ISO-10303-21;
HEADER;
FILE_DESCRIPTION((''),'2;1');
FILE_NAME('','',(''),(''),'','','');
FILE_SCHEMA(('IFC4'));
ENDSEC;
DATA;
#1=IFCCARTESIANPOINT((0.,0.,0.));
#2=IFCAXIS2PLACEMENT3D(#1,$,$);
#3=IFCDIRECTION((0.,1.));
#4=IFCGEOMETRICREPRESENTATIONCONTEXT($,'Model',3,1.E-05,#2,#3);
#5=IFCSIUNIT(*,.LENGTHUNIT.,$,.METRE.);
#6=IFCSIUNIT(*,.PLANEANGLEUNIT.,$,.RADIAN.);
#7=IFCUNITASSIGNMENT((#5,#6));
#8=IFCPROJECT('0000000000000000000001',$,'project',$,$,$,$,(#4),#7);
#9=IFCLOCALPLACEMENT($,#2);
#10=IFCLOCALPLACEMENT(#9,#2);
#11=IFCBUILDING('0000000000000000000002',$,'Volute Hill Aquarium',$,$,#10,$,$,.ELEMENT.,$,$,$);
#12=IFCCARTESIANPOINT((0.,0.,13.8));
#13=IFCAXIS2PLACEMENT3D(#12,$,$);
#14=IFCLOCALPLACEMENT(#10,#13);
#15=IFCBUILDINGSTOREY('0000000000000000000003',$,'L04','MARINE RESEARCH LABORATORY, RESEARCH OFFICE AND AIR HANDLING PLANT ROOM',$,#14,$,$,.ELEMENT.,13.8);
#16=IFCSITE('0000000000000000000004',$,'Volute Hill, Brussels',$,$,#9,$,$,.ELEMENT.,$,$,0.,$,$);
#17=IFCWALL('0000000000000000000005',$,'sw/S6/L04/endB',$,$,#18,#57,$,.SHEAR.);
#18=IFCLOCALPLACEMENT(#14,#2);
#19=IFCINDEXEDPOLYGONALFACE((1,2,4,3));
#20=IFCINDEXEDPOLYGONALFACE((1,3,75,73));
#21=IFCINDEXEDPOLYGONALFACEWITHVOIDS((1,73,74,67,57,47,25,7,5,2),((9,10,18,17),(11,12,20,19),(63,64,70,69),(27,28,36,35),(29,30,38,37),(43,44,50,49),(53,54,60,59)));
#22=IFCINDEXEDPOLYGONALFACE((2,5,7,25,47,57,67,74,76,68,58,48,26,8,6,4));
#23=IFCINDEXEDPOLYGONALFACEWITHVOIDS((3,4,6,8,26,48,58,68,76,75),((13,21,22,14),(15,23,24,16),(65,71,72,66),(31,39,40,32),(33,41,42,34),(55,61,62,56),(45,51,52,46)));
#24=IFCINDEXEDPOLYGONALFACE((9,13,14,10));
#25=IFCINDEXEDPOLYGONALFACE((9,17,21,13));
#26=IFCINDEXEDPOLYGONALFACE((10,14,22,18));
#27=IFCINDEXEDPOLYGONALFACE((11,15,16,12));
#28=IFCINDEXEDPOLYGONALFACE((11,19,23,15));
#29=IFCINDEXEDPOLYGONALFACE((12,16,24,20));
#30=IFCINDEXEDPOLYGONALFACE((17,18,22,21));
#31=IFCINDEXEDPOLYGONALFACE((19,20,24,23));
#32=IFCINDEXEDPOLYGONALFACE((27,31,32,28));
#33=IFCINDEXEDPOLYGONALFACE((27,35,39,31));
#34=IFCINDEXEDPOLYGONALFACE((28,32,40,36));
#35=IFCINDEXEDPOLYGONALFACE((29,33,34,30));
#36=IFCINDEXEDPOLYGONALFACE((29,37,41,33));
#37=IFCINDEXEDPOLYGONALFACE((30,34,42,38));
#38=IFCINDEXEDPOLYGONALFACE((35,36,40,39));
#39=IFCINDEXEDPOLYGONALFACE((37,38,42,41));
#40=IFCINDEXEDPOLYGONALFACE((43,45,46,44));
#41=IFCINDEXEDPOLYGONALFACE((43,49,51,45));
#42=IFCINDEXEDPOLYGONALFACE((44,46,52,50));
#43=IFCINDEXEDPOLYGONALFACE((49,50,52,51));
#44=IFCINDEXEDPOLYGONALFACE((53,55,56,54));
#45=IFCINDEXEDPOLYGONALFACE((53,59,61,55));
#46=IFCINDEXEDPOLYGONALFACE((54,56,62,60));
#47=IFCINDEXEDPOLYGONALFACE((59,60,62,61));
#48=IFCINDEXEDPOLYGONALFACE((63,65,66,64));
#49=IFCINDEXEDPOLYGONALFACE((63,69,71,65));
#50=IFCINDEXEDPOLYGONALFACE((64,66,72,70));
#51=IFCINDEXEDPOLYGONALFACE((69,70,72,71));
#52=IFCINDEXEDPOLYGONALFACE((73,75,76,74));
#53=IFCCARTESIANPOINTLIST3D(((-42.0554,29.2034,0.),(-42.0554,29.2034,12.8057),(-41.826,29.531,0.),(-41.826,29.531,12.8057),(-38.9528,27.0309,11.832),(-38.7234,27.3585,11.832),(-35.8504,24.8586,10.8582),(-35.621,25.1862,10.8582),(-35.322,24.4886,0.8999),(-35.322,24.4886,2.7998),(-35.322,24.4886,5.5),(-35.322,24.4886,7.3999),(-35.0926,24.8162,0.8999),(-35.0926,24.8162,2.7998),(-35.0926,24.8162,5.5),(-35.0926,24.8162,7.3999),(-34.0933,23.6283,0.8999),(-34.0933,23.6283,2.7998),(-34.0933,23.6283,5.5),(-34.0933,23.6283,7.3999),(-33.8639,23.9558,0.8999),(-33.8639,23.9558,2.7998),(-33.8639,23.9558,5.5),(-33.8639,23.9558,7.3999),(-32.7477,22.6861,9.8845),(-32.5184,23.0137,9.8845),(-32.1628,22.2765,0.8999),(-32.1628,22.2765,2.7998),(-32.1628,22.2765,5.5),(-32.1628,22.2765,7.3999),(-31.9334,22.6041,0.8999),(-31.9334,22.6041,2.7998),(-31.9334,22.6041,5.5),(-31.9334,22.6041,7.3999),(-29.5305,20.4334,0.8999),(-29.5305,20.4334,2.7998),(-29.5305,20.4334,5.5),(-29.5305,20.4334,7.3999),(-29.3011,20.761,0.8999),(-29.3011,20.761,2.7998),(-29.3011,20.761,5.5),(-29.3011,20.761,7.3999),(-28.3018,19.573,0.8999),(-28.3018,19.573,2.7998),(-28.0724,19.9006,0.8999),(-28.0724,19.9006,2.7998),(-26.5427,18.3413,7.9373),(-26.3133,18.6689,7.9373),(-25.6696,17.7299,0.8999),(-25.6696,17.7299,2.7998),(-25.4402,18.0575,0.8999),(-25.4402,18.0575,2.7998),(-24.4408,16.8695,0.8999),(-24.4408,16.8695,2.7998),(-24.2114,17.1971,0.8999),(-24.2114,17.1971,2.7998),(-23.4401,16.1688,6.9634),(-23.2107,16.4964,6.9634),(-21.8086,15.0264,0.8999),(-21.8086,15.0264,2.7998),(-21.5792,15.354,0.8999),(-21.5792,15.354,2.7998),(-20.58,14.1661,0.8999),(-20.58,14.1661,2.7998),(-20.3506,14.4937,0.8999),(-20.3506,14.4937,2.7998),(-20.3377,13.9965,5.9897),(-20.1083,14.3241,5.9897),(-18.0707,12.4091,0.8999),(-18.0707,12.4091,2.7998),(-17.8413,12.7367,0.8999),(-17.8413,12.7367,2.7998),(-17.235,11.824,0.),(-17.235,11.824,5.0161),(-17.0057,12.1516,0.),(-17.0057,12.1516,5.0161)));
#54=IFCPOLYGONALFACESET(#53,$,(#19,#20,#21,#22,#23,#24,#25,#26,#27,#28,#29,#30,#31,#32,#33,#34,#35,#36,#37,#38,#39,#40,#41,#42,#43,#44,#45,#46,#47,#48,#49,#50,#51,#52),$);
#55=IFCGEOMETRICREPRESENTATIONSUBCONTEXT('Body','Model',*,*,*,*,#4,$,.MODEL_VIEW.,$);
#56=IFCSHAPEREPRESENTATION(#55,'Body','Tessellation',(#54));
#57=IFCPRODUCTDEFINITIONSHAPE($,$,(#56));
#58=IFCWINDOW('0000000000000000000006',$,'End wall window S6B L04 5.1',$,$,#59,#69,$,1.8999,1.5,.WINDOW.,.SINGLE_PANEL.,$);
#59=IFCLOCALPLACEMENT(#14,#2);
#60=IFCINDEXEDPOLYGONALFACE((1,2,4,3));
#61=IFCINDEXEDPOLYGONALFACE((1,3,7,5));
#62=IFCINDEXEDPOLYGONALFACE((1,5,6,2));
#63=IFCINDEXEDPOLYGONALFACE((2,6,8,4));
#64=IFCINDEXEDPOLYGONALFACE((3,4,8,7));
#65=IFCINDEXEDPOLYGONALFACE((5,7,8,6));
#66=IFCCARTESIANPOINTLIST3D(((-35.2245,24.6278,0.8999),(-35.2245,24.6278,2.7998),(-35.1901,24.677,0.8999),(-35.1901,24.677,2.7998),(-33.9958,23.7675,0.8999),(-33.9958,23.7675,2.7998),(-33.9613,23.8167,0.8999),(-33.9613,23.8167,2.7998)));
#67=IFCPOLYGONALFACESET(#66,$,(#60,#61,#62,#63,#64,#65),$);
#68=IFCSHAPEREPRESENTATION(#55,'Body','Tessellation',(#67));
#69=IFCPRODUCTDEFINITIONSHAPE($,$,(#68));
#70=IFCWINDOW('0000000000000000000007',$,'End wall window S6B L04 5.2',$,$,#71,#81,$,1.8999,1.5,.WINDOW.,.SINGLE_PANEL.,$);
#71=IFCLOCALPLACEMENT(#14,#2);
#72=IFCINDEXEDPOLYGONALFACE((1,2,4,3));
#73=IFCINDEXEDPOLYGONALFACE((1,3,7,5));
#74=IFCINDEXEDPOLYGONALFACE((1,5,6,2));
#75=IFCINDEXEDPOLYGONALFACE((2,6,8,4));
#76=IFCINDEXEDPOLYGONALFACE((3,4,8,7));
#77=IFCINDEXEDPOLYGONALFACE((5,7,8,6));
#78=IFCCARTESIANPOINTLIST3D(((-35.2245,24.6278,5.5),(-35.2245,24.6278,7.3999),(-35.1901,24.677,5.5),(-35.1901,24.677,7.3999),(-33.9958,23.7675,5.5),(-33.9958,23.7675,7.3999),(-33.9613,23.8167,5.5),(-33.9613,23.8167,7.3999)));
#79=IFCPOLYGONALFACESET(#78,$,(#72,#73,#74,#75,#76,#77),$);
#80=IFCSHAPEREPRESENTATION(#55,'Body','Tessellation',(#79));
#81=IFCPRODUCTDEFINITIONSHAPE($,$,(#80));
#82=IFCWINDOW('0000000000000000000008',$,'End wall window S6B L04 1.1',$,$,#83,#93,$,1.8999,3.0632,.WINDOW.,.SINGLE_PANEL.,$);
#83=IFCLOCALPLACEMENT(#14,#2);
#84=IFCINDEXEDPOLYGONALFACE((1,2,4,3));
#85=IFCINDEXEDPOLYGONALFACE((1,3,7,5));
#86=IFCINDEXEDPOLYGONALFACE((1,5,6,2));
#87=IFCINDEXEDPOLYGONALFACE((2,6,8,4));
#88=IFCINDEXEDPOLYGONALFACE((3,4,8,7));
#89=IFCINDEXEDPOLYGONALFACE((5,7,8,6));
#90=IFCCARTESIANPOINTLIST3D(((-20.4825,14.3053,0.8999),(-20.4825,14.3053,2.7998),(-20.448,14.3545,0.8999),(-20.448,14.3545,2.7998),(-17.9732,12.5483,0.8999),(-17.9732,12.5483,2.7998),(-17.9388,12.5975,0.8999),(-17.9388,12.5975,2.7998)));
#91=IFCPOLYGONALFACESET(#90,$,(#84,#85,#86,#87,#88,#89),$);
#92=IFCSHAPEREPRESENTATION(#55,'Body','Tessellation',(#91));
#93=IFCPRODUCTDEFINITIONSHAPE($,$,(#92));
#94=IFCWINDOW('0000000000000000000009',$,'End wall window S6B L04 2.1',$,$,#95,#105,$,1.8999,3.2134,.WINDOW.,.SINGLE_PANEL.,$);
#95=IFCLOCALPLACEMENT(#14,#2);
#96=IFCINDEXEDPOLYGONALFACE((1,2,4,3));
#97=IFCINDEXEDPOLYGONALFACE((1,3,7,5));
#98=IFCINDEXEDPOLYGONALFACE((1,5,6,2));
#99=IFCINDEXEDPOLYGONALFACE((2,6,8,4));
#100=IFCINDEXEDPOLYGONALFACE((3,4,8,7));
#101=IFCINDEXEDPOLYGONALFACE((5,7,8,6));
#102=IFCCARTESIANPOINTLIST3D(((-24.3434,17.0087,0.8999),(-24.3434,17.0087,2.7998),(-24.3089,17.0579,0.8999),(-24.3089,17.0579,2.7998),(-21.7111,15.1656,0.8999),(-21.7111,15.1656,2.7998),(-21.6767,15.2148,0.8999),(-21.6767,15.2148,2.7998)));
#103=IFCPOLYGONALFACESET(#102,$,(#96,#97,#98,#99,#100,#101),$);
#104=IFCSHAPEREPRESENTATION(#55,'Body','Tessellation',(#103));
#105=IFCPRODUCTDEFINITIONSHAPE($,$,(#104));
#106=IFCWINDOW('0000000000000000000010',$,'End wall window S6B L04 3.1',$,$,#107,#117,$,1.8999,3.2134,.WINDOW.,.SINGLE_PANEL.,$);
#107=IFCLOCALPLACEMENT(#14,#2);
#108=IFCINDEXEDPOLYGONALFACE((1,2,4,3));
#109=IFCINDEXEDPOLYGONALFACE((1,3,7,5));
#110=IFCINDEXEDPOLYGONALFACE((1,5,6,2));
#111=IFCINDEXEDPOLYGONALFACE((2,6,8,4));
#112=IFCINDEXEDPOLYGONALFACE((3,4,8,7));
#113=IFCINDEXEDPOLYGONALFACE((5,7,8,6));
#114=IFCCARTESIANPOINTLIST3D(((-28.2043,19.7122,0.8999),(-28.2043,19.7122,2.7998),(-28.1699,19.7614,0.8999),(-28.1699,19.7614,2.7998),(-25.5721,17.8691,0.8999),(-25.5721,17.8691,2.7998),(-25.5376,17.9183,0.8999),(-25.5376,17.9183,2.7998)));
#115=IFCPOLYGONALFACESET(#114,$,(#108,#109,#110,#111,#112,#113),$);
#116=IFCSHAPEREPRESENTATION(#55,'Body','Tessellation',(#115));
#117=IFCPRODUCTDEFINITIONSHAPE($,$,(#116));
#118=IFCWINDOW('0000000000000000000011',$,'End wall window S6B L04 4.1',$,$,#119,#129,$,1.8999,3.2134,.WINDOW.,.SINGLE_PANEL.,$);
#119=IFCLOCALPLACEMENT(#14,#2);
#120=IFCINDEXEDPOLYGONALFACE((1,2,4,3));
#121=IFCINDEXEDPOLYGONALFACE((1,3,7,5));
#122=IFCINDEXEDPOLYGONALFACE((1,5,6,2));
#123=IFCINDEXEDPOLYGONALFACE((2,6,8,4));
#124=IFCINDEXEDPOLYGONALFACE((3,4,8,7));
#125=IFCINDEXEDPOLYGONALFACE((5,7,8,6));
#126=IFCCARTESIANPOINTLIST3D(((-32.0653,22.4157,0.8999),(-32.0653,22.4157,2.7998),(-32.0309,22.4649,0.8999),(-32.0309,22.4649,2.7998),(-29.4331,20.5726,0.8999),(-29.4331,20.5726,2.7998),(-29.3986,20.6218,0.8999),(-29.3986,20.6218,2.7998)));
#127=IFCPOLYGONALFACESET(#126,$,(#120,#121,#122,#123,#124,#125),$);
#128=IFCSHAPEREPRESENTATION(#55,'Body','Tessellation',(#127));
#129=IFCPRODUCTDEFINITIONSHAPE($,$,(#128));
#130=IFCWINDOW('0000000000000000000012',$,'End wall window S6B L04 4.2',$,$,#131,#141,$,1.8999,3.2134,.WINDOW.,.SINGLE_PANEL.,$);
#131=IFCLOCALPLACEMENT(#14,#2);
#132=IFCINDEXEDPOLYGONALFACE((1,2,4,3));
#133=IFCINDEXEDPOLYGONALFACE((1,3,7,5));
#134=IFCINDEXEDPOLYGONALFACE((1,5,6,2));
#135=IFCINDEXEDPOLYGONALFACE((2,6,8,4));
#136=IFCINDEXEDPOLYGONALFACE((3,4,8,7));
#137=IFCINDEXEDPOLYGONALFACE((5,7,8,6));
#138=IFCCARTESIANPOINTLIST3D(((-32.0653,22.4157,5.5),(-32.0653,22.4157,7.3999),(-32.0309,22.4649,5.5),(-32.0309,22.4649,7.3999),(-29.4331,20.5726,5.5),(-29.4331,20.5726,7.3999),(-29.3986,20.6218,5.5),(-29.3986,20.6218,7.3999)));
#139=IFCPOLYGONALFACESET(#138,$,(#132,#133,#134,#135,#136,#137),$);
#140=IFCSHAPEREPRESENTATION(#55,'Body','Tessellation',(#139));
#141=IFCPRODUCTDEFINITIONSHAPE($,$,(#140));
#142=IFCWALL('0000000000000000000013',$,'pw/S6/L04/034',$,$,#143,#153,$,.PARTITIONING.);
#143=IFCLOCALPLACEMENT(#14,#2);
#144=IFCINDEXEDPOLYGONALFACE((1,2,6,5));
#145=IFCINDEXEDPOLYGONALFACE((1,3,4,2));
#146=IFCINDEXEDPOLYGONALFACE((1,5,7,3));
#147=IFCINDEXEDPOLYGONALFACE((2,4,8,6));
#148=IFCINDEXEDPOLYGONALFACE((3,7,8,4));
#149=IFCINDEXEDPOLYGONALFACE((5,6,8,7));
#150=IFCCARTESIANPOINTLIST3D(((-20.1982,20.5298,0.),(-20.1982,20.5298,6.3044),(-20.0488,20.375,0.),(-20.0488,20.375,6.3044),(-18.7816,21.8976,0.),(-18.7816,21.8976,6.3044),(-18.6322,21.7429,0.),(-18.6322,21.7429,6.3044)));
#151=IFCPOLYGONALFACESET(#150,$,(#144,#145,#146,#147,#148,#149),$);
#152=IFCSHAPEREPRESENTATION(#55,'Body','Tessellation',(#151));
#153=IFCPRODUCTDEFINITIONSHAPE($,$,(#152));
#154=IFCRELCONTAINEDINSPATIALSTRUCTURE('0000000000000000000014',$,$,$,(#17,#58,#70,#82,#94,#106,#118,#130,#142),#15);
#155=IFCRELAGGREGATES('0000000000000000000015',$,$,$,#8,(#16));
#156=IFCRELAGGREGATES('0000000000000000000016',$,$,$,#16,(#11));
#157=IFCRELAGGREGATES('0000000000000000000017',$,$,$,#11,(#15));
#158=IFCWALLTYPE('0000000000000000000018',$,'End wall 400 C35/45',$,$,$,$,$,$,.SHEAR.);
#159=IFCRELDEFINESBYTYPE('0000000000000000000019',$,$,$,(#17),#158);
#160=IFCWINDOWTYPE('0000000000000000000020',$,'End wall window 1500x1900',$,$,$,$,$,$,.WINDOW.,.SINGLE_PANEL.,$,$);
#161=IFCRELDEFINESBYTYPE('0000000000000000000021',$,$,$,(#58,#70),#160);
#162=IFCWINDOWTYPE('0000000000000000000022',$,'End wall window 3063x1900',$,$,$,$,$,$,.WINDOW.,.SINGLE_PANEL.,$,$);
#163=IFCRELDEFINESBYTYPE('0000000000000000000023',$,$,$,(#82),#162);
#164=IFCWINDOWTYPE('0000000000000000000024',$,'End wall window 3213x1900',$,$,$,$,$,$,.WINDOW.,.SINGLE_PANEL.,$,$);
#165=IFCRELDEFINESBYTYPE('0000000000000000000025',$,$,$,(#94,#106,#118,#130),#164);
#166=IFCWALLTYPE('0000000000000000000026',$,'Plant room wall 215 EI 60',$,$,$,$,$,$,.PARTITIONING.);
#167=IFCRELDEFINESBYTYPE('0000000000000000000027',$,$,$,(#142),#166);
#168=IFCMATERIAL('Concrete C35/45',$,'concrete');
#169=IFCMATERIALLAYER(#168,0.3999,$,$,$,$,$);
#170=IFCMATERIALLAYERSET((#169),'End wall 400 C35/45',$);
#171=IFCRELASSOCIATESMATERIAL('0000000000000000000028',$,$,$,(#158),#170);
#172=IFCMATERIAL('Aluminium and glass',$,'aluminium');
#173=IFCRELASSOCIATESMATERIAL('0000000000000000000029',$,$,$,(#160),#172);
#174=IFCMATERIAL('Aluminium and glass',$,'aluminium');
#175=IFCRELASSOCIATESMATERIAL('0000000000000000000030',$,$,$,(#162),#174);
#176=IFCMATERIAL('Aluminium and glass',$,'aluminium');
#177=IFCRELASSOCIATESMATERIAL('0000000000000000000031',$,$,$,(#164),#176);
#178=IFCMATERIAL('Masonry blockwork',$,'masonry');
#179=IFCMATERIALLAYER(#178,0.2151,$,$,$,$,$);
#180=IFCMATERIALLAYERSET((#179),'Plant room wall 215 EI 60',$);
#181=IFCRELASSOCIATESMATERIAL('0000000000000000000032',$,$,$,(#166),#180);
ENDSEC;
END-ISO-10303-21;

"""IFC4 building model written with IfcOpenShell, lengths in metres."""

from ifc_helpers import new_model, si_unit, direction, frame, frame_2d, origin, place, context, subcontext, project, spatial, polyline, rectangle, outline, extrude, material, layer, layer_set, type_object, element, fill, save


model = new_model("IFC4")

# Units and contexts
model_context = context("Model", 3, precision=1e-05, world=origin(), true_north=direction((0.0, 1.0)))
body_context = subcontext(model_context, "Body", "Model", "MODEL_VIEW")
ifc_project = project(units=[si_unit("LENGTHUNIT", "METRE"), si_unit("PLANEANGLEUNIT", "RADIAN")], contexts=[model_context])

# Site, building, storey
site_placement = place(None, origin())
site = spatial("IfcSite", under=ifc_project, at=site_placement, Name="Volute Hill, Brussels", CompositionType="ELEMENT", RefElevation=0.0)
building_placement = place(site_placement, origin())
building = spatial("IfcBuilding", under=site, at=building_placement, Name="Volute Hill Aquarium", CompositionType="ELEMENT")
storey_placement = place(building_placement, frame((0.0, 0.0, 13.8)))
storey = spatial("IfcBuildingStorey", under=building, at=storey_placement, Name="L04", Description="MARINE RESEARCH LABORATORY, RESEARCH OFFICE AND AIR HANDLING PLANT ROOM", CompositionType="ELEMENT", Elevation=13.8)

# Wall, openings, windows
ifc_material_1 = material(Name="Concrete C35/45", Category="concrete")
ifc_layer_1 = layer(ifc_material_1, 0.3999)
ifc_layer_set_1 = layer_set([ifc_layer_1], Name="End wall 400 C35/45")
wall_type_1 = type_object("IfcWallType", Name="End wall 400 C35/45", PredefinedType="SHEAR", material=ifc_layer_set_1)
wall_1_placement = place(storey_placement, frame((-17.1204, 11.9878, 0.0), z_axis=(0.0, 0.0, 1.0), x_axis=(-0.819152, 0.573577, 0.0)))
wall_1 = element("IfcWall", 1, at=wall_1_placement, inside=storey, type_object=wall_type_1, Name="sw/S6/L04/endB", PredefinedType="SHEAR", context=body_context, shape_type="SweptSolid", body=[
    extrude(outline(polyline([(0.0, 0.0), (30.3, 0.0), (30.3, 12.8057), (26.5125, 11.832), (22.7251, 10.8582), (18.9375, 9.8845), (15.1499, 8.9109), (11.3625, 7.9373), (7.575, 6.9634), (3.7876, 5.9897), (0.0, 5.0161), (0.0, 0.0)])), frame((0.0, 0.2, 0.0), z_axis=(0.0, -1.0, 0.0), x_axis=(1.0, 0.0, 0.0)), (0.0, 0.0, 1.0), 0.3999),
])
opening_1_placement = place(wall_1_placement, frame((1.02, 0.0, 0.8999)))
opening_1 = element("IfcOpeningElement", 2, at=opening_1_placement, cuts=wall_1, PredefinedType="OPENING", context=body_context, shape_type="SweptSolid", body=[
    extrude(rectangle(XDim=3.0632, YDim=1.8999, at=frame_2d((1.5317, 0.95))), frame((0.0, 0.21, 0.0), z_axis=(0.0, -1.0, 0.0), x_axis=(1.0, 0.0, 0.0)), (0.0, 0.0, 1.0), 0.4199),
])
opening_2_placement = place(wall_1_placement, frame((5.5833, 0.0, 0.8999)))
opening_2 = element("IfcOpeningElement", 3, at=opening_2_placement, cuts=wall_1, PredefinedType="OPENING", context=body_context, shape_type="SweptSolid", body=[
    extrude(rectangle(XDim=3.2134, YDim=1.8999, at=frame_2d((1.6067, 0.95))), frame((0.0, 0.21, 0.0), z_axis=(0.0, -1.0, 0.0), x_axis=(1.0, 0.0, 0.0)), (0.0, 0.0, 1.0), 0.4199),
])
opening_3_placement = place(wall_1_placement, frame((10.2966, 0.0, 0.8999)))
opening_3 = element("IfcOpeningElement", 4, at=opening_3_placement, cuts=wall_1, PredefinedType="OPENING", context=body_context, shape_type="SweptSolid", body=[
    extrude(rectangle(XDim=3.2134, YDim=1.8999, at=frame_2d((1.6067, 0.95))), frame((0.0, 0.21, 0.0), z_axis=(0.0, -1.0, 0.0), x_axis=(1.0, 0.0, 0.0)), (0.0, 0.0, 1.0), 0.4199),
])
opening_4_placement = place(wall_1_placement, frame((15.01, 0.0, 0.8999)))
opening_4 = element("IfcOpeningElement", 5, at=opening_4_placement, cuts=wall_1, PredefinedType="OPENING", context=body_context, shape_type="SweptSolid", body=[
    extrude(rectangle(XDim=3.2134, YDim=1.8999, at=frame_2d((1.6067, 0.95))), frame((0.0, 0.21, 0.0), z_axis=(0.0, -1.0, 0.0), x_axis=(1.0, 0.0, 0.0)), (0.0, 0.0, 1.0), 0.4199),
])
opening_5_placement = place(wall_1_placement, frame((15.01, 0.0, 5.5)))
opening_5 = element("IfcOpeningElement", 6, at=opening_5_placement, cuts=wall_1, PredefinedType="OPENING", context=body_context, shape_type="SweptSolid", body=[
    extrude(rectangle(XDim=3.2134, YDim=1.8999, at=frame_2d((1.6067, 0.95))), frame((0.0, 0.21, 0.0), z_axis=(0.0, -1.0, 0.0), x_axis=(1.0, 0.0, 0.0)), (0.0, 0.0, 1.0), 0.4199),
])
opening_6_placement = place(wall_1_placement, frame((20.5801, 0.0, 0.8999)))
opening_6 = element("IfcOpeningElement", 7, at=opening_6_placement, cuts=wall_1, PredefinedType="OPENING", context=body_context, shape_type="SweptSolid", body=[
    extrude(rectangle(XDim=1.5, YDim=1.8999, at=frame_2d((0.75, 0.95))), frame((0.0, 0.21, 0.0), z_axis=(0.0, -1.0, 0.0), x_axis=(1.0, 0.0, 0.0)), (0.0, 0.0, 1.0), 0.4199),
])
opening_7_placement = place(wall_1_placement, frame((20.5801, 0.0, 5.5)))
opening_7 = element("IfcOpeningElement", 8, at=opening_7_placement, cuts=wall_1, PredefinedType="OPENING", context=body_context, shape_type="SweptSolid", body=[
    extrude(rectangle(XDim=1.5, YDim=1.8999, at=frame_2d((0.75, 0.95))), frame((0.0, 0.21, 0.0), z_axis=(0.0, -1.0, 0.0), x_axis=(1.0, 0.0, 0.0)), (0.0, 0.0, 1.0), 0.4199),
])
ifc_material_2 = material(Name="Aluminium and glass", Category="aluminium")
window_type_1 = type_object("IfcWindowType", Name="End wall window 1500x1900", PartitioningType="SINGLE_PANEL", PredefinedType="WINDOW", material=ifc_material_2)
window_1_placement = place(opening_6_placement, origin())
window_1 = element("IfcWindow", 9, at=window_1_placement, inside=storey, type_object=window_type_1, Name="End wall window S6B L04 5.1", OverallHeight=1.8999, OverallWidth=1.5, PartitioningType="SINGLE_PANEL", PredefinedType="WINDOW", context=body_context, shape_type="SweptSolid", body=[
    extrude(rectangle(XDim=1.5, YDim=1.8999, at=frame_2d((0.75, 0.95))), frame((0.0, 0.03, 0.0), z_axis=(0.0, -1.0, 0.0), x_axis=(1.0, 0.0, 0.0)), (0.0, 0.0, 1.0), 0.0601),
])
fill(opening_6, window_1)
window_2_placement = place(opening_7_placement, origin())
window_2 = element("IfcWindow", 10, at=window_2_placement, inside=storey, type_object=window_type_1, Name="End wall window S6B L04 5.2", OverallHeight=1.8999, OverallWidth=1.5, PartitioningType="SINGLE_PANEL", PredefinedType="WINDOW", context=body_context, shape_type="SweptSolid", body=[
    extrude(rectangle(XDim=1.5, YDim=1.8999, at=frame_2d((0.75, 0.95))), frame((0.0, 0.03, 0.0), z_axis=(0.0, -1.0, 0.0), x_axis=(1.0, 0.0, 0.0)), (0.0, 0.0, 1.0), 0.0601),
])
fill(opening_7, window_2)
ifc_material_3 = material(Name="Aluminium and glass", Category="aluminium")
window_type_2 = type_object("IfcWindowType", Name="End wall window 3063x1900", PartitioningType="SINGLE_PANEL", PredefinedType="WINDOW", material=ifc_material_3)
window_3_placement = place(opening_1_placement, origin())
window_3 = element("IfcWindow", 11, at=window_3_placement, inside=storey, type_object=window_type_2, Name="End wall window S6B L04 1.1", OverallHeight=1.8999, OverallWidth=3.0632, PartitioningType="SINGLE_PANEL", PredefinedType="WINDOW", context=body_context, shape_type="SweptSolid", body=[
    extrude(rectangle(XDim=3.0632, YDim=1.8999, at=frame_2d((1.5317, 0.95))), frame((0.0, 0.03, 0.0), z_axis=(0.0, -1.0, 0.0), x_axis=(1.0, 0.0, 0.0)), (0.0, 0.0, 1.0), 0.0601),
])
fill(opening_1, window_3)
ifc_material_4 = material(Name="Aluminium and glass", Category="aluminium")
window_type_3 = type_object("IfcWindowType", Name="End wall window 3213x1900", PartitioningType="SINGLE_PANEL", PredefinedType="WINDOW", material=ifc_material_4)
window_4_placement = place(opening_2_placement, origin())
window_4 = element("IfcWindow", 12, at=window_4_placement, inside=storey, type_object=window_type_3, Name="End wall window S6B L04 2.1", OverallHeight=1.8999, OverallWidth=3.2134, PartitioningType="SINGLE_PANEL", PredefinedType="WINDOW", context=body_context, shape_type="SweptSolid", body=[
    extrude(rectangle(XDim=3.2134, YDim=1.8999, at=frame_2d((1.6067, 0.95))), frame((0.0, 0.03, 0.0), z_axis=(0.0, -1.0, 0.0), x_axis=(1.0, 0.0, 0.0)), (0.0, 0.0, 1.0), 0.0601),
])
fill(opening_2, window_4)
window_5_placement = place(opening_3_placement, origin())
window_5 = element("IfcWindow", 13, at=window_5_placement, inside=storey, type_object=window_type_3, Name="End wall window S6B L04 3.1", OverallHeight=1.8999, OverallWidth=3.2134, PartitioningType="SINGLE_PANEL", PredefinedType="WINDOW", context=body_context, shape_type="SweptSolid", body=[
    extrude(rectangle(XDim=3.2134, YDim=1.8999, at=frame_2d((1.6067, 0.95))), frame((0.0, 0.03, 0.0), z_axis=(0.0, -1.0, 0.0), x_axis=(1.0, 0.0, 0.0)), (0.0, 0.0, 1.0), 0.0601),
])
fill(opening_3, window_5)
window_6_placement = place(opening_4_placement, origin())
window_6 = element("IfcWindow", 14, at=window_6_placement, inside=storey, type_object=window_type_3, Name="End wall window S6B L04 4.1", OverallHeight=1.8999, OverallWidth=3.2134, PartitioningType="SINGLE_PANEL", PredefinedType="WINDOW", context=body_context, shape_type="SweptSolid", body=[
    extrude(rectangle(XDim=3.2134, YDim=1.8999, at=frame_2d((1.6067, 0.95))), frame((0.0, 0.03, 0.0), z_axis=(0.0, -1.0, 0.0), x_axis=(1.0, 0.0, 0.0)), (0.0, 0.0, 1.0), 0.0601),
])
fill(opening_4, window_6)
window_7_placement = place(opening_5_placement, origin())
window_7 = element("IfcWindow", 15, at=window_7_placement, inside=storey, type_object=window_type_3, Name="End wall window S6B L04 4.2", OverallHeight=1.8999, OverallWidth=3.2134, PartitioningType="SINGLE_PANEL", PredefinedType="WINDOW", context=body_context, shape_type="SweptSolid", body=[
    extrude(rectangle(XDim=3.2134, YDim=1.8999, at=frame_2d((1.6067, 0.95))), frame((0.0, 0.03, 0.0), z_axis=(0.0, -1.0, 0.0), x_axis=(1.0, 0.0, 0.0)), (0.0, 0.0, 1.0), 0.0601),
])
fill(opening_5, window_7)

# Wall
ifc_material_5 = material(Name="Masonry blockwork", Category="masonry")
ifc_layer_2 = layer(ifc_material_5, 0.2151)
ifc_layer_set_2 = layer_set([ifc_layer_2], Name="Plant room wall 215 EI 60")
wall_type_2 = type_object("IfcWallType", Name="Plant room wall 215 EI 60", PredefinedType="PARTITIONING", material=ifc_layer_set_2)
wall_2_placement = place(storey_placement, frame((-20.1235, 20.4524, 0.0), z_axis=(0.0, 0.0, 1.0), x_axis=(0.719395, 0.694601, 0.0)))
element("IfcWall", 16, at=wall_2_placement, inside=storey, type_object=wall_type_2, Name="pw/S6/L04/034", PredefinedType="PARTITIONING", context=body_context, shape_type="SweptSolid", body=[
    extrude(rectangle(XDim=1.9692, YDim=0.2151, at=frame_2d((0.9846, 0.0))), origin(), (0.0, 0.0, 1.0), 6.3044),
])

save(model, "model.ifc")
